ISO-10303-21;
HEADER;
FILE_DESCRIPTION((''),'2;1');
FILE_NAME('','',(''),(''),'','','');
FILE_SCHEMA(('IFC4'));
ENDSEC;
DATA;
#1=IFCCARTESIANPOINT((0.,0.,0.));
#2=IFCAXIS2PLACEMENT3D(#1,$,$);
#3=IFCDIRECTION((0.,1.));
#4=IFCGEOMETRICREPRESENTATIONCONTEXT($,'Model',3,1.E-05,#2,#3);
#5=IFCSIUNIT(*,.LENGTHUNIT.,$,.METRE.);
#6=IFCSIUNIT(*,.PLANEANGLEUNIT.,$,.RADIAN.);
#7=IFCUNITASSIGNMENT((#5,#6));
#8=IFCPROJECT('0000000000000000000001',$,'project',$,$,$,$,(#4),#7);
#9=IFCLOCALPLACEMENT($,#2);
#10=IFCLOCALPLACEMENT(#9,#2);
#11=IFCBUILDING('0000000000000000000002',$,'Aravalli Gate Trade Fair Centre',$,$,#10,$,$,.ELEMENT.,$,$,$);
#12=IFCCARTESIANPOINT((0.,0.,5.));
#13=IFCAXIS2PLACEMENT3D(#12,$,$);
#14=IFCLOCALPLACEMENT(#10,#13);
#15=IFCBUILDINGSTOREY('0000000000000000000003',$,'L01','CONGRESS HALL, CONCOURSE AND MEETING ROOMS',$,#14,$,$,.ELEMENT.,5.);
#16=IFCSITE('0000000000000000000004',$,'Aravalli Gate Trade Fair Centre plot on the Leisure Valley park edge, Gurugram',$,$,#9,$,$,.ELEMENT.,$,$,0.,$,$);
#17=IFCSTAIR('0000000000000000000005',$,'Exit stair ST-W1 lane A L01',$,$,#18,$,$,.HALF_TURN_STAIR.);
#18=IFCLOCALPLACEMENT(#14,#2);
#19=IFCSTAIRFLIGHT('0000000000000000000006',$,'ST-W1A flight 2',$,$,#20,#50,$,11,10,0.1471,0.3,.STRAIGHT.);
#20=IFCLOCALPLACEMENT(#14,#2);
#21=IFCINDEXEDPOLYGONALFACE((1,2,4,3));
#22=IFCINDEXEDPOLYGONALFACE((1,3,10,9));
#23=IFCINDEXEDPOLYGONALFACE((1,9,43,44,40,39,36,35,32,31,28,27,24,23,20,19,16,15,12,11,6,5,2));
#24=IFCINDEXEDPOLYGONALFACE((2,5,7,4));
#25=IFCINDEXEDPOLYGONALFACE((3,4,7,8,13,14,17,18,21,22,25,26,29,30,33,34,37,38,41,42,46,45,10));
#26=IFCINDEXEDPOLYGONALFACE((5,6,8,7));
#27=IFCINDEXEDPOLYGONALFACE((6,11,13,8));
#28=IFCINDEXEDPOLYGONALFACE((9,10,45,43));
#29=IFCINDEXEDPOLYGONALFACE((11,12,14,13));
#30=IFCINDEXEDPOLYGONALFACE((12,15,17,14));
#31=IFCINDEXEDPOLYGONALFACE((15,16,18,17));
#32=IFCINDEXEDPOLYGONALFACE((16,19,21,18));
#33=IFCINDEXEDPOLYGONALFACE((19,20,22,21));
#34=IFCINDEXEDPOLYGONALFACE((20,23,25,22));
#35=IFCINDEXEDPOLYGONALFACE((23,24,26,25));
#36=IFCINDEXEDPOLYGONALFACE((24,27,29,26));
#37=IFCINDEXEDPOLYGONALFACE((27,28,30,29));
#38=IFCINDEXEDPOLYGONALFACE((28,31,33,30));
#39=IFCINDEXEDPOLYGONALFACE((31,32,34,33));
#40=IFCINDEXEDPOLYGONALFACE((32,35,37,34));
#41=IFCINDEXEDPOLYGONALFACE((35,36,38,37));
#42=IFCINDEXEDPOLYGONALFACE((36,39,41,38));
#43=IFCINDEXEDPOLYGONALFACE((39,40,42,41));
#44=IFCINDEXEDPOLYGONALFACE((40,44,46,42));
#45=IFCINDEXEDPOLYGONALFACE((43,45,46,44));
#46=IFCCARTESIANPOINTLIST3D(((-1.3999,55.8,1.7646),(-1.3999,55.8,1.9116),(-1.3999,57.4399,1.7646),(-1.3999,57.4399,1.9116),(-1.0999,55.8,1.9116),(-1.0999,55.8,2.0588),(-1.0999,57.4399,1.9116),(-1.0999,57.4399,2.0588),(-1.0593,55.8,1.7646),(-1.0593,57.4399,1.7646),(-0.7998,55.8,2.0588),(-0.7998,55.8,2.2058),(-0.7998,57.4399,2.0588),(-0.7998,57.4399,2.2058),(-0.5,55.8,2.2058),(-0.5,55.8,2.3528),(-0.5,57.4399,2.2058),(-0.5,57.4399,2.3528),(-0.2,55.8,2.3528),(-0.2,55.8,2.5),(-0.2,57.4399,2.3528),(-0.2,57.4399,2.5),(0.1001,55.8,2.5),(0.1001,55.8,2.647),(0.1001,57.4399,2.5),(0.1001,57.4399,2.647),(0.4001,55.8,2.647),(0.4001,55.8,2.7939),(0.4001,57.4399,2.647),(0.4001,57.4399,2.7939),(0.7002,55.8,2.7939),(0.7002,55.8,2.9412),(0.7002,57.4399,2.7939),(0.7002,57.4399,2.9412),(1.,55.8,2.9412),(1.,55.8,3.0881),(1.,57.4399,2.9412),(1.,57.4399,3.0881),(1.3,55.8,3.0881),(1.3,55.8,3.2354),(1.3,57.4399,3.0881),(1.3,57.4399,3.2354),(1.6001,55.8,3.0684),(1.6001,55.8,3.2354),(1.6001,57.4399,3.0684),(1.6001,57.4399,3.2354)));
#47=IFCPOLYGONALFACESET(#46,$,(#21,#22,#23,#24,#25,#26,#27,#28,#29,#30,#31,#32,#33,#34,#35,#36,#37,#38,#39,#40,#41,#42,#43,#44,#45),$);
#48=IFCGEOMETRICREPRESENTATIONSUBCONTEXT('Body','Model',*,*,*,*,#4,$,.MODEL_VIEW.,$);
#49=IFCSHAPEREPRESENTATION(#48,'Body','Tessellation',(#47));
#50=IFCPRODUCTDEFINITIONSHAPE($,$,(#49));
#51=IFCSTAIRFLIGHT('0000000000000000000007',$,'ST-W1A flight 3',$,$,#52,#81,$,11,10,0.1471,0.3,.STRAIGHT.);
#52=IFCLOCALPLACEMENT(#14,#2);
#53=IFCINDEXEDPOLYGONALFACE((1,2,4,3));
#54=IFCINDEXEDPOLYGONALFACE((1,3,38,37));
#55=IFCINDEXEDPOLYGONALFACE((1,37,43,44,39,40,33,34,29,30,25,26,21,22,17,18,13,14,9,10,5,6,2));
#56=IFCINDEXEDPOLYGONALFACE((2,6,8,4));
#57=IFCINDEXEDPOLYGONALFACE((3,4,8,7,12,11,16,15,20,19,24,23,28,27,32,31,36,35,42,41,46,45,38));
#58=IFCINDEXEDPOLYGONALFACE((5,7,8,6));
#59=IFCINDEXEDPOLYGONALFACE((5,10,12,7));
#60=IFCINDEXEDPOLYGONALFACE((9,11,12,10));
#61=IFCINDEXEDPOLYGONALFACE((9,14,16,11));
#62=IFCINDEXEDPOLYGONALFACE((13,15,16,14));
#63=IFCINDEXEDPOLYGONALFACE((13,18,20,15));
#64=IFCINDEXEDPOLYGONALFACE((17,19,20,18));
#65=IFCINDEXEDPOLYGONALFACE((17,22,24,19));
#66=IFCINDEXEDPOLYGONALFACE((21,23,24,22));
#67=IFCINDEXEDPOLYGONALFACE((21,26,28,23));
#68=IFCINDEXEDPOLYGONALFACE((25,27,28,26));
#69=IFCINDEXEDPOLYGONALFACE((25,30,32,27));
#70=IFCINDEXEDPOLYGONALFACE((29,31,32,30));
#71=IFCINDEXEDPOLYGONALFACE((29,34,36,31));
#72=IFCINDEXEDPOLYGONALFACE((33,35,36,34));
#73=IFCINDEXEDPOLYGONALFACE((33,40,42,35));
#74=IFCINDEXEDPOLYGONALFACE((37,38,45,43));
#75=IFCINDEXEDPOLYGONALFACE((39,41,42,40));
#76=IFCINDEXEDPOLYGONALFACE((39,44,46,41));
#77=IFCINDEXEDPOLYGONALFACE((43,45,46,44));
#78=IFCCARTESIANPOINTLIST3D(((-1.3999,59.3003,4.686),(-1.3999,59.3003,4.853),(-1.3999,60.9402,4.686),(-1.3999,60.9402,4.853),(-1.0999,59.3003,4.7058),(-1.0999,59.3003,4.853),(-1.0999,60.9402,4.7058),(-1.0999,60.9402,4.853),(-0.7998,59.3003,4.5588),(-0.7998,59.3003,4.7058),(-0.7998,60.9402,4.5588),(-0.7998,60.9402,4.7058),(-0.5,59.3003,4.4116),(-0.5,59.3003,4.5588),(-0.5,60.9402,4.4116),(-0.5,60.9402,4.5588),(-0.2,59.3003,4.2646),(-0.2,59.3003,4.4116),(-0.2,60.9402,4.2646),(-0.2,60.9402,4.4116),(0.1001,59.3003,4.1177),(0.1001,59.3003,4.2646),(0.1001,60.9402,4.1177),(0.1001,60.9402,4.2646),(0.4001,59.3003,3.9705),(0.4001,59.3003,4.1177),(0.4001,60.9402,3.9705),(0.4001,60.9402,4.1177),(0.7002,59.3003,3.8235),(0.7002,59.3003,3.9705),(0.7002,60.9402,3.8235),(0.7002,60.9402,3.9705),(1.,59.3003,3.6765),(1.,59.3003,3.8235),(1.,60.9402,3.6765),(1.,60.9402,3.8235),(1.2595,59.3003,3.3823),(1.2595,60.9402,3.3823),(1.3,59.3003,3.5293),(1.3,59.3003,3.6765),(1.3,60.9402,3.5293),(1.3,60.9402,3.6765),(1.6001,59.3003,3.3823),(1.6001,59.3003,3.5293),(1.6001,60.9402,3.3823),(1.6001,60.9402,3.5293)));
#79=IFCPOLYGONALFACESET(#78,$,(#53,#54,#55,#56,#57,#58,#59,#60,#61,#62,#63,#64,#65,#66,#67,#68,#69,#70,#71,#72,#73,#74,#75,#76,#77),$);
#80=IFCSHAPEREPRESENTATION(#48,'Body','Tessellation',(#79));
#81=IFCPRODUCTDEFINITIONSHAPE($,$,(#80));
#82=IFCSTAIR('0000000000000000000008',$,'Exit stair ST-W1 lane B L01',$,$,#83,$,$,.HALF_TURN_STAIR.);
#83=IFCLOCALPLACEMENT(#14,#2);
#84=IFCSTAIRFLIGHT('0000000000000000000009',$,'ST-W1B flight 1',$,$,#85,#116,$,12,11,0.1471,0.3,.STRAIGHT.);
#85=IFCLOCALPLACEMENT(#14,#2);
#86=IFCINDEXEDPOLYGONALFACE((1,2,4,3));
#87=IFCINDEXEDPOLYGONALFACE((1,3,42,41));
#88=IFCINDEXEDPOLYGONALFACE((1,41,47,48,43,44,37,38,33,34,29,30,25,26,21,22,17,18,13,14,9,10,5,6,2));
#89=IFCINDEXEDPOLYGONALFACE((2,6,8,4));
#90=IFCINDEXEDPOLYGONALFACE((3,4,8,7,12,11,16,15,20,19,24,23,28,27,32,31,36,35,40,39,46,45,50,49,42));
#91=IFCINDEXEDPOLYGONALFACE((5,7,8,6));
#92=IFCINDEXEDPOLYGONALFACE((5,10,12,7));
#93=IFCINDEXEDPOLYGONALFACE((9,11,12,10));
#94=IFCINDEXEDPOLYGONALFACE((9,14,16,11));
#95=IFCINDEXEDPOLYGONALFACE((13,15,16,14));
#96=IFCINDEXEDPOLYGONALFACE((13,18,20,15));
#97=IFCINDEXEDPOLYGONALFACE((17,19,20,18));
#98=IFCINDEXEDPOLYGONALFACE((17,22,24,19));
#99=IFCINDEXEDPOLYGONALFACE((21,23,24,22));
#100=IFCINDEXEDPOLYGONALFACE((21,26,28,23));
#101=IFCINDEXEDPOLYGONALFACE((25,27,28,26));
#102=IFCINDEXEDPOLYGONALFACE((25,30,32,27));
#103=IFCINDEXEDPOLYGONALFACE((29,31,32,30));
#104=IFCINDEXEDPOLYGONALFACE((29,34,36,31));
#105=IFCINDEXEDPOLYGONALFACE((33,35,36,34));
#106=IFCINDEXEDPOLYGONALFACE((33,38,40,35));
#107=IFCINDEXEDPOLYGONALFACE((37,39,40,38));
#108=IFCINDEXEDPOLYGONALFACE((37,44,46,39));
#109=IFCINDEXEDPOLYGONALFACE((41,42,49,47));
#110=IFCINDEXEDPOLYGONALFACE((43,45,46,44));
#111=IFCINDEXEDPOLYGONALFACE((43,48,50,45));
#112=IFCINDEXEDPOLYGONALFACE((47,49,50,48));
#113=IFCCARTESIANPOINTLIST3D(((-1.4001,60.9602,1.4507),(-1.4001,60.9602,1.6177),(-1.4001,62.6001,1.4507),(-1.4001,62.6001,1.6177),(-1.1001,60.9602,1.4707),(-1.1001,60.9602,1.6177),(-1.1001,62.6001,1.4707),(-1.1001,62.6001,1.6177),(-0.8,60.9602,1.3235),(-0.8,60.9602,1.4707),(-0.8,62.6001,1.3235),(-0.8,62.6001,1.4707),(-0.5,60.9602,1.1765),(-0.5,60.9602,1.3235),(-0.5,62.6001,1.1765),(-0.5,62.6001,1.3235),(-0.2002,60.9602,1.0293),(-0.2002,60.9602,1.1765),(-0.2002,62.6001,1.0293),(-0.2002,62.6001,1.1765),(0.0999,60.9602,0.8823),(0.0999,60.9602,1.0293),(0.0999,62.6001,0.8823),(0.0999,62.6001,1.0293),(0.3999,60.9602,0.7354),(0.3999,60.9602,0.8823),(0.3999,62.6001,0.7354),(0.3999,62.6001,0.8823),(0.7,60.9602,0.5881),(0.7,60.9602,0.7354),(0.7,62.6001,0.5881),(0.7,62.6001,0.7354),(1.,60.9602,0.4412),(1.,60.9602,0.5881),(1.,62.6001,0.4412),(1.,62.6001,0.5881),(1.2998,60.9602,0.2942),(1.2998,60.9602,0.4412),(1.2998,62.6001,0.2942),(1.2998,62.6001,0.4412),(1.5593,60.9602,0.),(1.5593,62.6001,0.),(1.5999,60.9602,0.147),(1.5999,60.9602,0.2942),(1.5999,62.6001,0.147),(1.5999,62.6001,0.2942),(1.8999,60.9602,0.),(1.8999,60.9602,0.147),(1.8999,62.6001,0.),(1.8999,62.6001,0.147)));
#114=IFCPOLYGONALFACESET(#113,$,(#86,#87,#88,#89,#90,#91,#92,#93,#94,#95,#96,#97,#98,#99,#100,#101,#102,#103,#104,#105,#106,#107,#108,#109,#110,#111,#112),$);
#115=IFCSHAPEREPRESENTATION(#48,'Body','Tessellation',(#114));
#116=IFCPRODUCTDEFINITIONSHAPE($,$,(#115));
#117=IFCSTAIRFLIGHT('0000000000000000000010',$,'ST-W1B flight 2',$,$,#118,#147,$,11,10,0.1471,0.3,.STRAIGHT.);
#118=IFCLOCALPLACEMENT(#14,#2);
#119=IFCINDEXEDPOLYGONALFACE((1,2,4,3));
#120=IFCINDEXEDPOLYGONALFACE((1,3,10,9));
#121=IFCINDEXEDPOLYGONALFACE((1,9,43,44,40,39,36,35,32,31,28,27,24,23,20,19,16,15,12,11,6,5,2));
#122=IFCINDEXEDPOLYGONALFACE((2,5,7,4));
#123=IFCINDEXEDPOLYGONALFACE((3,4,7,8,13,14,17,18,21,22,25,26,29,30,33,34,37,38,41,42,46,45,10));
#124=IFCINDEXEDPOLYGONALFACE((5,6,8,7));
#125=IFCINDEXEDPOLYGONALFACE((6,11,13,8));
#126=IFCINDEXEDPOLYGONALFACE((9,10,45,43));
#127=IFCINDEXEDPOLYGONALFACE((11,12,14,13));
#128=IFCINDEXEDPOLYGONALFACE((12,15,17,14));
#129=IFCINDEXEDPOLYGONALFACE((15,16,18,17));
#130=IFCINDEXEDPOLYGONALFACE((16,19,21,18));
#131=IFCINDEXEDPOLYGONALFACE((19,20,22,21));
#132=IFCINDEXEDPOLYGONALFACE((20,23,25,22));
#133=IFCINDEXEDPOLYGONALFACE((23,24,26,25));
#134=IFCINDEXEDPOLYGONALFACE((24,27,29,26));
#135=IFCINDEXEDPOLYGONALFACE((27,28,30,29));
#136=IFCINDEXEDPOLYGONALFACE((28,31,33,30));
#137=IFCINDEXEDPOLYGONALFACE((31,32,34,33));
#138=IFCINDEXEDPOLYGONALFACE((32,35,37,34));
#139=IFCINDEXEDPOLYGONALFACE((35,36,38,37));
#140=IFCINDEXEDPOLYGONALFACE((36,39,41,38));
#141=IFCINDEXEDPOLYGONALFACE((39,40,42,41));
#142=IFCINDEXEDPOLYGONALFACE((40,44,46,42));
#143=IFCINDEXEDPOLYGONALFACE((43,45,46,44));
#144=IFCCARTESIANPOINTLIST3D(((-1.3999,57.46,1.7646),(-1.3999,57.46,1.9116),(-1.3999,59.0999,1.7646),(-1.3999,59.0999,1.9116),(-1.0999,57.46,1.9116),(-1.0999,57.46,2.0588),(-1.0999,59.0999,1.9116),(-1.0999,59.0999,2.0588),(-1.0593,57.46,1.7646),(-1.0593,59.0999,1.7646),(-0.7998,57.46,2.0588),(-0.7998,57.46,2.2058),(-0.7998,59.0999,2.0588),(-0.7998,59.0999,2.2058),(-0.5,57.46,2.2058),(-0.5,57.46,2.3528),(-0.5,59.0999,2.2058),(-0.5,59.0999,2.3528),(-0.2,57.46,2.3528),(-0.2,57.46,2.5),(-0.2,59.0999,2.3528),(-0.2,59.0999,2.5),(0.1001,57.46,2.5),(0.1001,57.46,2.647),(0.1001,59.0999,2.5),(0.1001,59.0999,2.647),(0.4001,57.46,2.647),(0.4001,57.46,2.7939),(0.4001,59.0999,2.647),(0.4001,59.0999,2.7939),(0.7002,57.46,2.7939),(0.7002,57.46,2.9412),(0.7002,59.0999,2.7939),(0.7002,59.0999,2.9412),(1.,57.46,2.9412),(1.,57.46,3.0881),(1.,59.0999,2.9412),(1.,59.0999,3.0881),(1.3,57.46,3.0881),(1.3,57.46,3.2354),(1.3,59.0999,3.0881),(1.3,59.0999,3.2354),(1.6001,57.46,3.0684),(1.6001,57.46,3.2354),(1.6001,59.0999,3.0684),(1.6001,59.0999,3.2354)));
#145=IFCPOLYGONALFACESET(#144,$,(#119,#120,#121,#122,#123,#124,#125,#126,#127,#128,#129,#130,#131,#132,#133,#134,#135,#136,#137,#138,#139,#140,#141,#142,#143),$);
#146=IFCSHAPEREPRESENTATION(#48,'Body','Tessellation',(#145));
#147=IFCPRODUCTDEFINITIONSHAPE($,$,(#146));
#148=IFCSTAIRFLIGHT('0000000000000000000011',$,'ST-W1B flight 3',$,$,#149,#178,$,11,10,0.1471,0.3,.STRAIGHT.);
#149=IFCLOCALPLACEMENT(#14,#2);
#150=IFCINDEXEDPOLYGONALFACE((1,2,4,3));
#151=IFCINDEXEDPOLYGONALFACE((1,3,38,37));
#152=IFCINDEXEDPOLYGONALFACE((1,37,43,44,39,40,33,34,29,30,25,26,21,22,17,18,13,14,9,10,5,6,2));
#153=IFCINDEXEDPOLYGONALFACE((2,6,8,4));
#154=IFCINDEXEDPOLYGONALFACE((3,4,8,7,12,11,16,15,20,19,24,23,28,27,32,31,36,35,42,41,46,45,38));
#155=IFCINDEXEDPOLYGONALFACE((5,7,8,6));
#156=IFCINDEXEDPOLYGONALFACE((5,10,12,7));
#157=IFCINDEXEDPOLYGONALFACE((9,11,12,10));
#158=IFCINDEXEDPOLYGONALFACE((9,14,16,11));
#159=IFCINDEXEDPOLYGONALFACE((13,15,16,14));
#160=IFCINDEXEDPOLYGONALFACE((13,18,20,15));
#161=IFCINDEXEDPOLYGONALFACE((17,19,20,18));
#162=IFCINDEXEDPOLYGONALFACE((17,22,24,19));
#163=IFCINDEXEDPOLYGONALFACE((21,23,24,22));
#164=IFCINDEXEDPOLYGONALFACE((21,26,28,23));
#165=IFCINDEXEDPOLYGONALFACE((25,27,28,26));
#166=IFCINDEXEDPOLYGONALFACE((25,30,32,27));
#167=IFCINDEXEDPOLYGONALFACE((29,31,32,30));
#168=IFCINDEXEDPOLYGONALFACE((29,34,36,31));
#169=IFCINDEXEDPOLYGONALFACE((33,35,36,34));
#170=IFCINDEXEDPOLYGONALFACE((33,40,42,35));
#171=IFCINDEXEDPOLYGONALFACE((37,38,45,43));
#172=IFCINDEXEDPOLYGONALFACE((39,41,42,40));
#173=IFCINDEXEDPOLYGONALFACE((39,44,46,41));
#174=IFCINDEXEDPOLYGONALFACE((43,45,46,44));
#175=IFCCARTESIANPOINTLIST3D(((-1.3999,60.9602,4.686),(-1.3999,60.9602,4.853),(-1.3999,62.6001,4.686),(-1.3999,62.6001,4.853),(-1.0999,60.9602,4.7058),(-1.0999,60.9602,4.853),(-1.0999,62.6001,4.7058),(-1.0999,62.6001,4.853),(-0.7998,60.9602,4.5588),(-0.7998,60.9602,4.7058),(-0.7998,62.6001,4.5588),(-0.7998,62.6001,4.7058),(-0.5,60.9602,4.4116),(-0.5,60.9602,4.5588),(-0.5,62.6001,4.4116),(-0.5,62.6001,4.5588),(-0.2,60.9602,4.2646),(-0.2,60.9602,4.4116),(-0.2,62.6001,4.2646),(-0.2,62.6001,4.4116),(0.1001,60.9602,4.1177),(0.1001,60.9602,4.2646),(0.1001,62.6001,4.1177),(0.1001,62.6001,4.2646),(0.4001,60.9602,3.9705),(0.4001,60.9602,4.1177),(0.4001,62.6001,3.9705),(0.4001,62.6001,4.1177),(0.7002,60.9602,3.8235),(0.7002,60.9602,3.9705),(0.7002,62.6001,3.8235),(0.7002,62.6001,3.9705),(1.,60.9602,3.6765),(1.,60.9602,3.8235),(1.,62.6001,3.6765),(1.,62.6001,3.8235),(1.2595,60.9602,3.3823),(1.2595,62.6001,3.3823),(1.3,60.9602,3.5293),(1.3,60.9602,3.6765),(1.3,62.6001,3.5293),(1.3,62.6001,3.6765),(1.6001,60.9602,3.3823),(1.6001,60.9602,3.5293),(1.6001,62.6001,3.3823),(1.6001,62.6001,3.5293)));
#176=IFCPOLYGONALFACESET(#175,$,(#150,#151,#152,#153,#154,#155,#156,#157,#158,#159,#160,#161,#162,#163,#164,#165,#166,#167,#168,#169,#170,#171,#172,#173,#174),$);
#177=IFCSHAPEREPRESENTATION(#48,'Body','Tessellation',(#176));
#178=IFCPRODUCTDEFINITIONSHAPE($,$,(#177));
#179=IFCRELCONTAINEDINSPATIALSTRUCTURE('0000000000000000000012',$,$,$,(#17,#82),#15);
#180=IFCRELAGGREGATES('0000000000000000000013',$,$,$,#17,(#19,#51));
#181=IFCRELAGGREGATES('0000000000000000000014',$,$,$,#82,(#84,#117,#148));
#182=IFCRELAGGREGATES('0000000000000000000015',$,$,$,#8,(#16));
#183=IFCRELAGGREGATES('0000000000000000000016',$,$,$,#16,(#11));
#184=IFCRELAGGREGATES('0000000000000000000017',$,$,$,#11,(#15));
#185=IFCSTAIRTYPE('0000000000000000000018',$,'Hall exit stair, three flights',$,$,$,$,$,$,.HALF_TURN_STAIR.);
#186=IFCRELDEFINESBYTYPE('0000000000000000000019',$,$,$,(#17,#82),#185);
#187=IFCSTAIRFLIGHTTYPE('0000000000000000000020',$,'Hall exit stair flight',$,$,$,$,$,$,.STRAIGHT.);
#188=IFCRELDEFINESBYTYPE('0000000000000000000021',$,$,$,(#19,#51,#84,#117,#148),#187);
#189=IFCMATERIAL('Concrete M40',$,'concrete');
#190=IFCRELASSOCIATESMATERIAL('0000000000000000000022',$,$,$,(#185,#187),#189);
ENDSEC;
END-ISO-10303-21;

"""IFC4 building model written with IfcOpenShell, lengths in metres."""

from ifc_helpers import new_model, si_unit, direction, frame, origin, place, context, subcontext, project, spatial, polyline, outline, extrude, material, type_object, element, aggregate, save


model = new_model("IFC4")

# Units and contexts
model_context = context("Model", 3, precision=1e-05, world=origin(), true_north=direction((0.0, 1.0)))
body_context = subcontext(model_context, "Body", "Model", "MODEL_VIEW")
ifc_project = project(units=[si_unit("LENGTHUNIT", "METRE"), si_unit("PLANEANGLEUNIT", "RADIAN")], contexts=[model_context])

# Site, building, storey
site_placement = place(None, origin())
site = spatial("IfcSite", under=ifc_project, at=site_placement, Name="Aravalli Gate Trade Fair Centre plot on the Leisure Valley park edge, Gurugram", CompositionType="ELEMENT", RefElevation=0.0)
building_placement = place(site_placement, origin())
building = spatial("IfcBuilding", under=site, at=building_placement, Name="Aravalli Gate Trade Fair Centre", CompositionType="ELEMENT")
storey_placement = place(building_placement, frame((0.0, 0.0, 5.0)))
storey = spatial("IfcBuildingStorey", under=building, at=storey_placement, Name="L01", Description="CONGRESS HALL, CONCOURSE AND MEETING ROOMS", CompositionType="ELEMENT", Elevation=5.0)

# Shared definitions
ifc_material_1 = material(Name="Concrete M40", Category="concrete")

# Stairs, stair flights
stair_type = type_object("IfcStairType", Name="Hall exit stair, three flights", PredefinedType="HALF_TURN_STAIR", material=ifc_material_1)
stair_1_placement = place(storey_placement, origin())
stair_1 = element("IfcStair", 1, at=stair_1_placement, inside=storey, type_object=stair_type, Name="Exit stair ST-W1 lane A L01", PredefinedType="HALF_TURN_STAIR")
stair_flight_type = type_object("IfcStairFlightType", Name="Hall exit stair flight", PredefinedType="STRAIGHT", material=ifc_material_1)
stair_flight_1_placement = place(storey_placement, frame((-1.3999, 56.6201, 1.7646), z_axis=(0.0, 0.0, 1.0), x_axis=(1.0, 0.0, 0.0)))
stair_flight_1 = element("IfcStairFlight", 2, at=stair_flight_1_placement, type_object=stair_flight_type, Name="ST-W1A flight 2", NumberOfRisers=11, NumberOfTreads=10, PredefinedType="STRAIGHT", RiserHeight=0.1471, TreadLength=0.3, context=body_context, shape_type="SweptSolid", body=[
    extrude(outline(polyline([(0.0, 0.0), (0.0, 0.147), (0.3, 0.147), (0.3, 0.2942), (0.6001, 0.2942), (0.6001, 0.4412), (0.8999, 0.4412), (0.8999, 0.5881), (1.2, 0.5881), (1.2, 0.7354), (1.5, 0.7354), (1.5, 0.8823), (1.8, 0.8823), (1.8, 1.0293), (2.1001, 1.0293), (2.1001, 1.1765), (2.3999, 1.1765), (2.3999, 1.3235), (2.7, 1.3235), (2.7, 1.4707), (3.0, 1.4707), (3.0, 1.6177), (3.0, 1.3037), (0.3406, 0.0), (0.0, 0.0)])), frame((0.0, 0.8198, 0.0), z_axis=(0.0, -1.0, 0.0), x_axis=(1.0, 0.0, 0.0)), (0.0, 0.0, 1.0), 1.6399),
])
stair_flight_2_placement = place(storey_placement, frame((1.6001, 60.1201, 3.3823), z_axis=(0.0, 0.0, 1.0), x_axis=(-1.0, 0.0, 0.0)))
stair_flight_2 = element("IfcStairFlight", 3, at=stair_flight_2_placement, type_object=stair_flight_type, Name="ST-W1A flight 3", NumberOfRisers=11, NumberOfTreads=10, PredefinedType="STRAIGHT", RiserHeight=0.1471, TreadLength=0.3, context=body_context, shape_type="SweptSolid", body=[
    extrude(outline(polyline([(0.0, 0.0), (0.0, 0.147), (0.3, 0.147), (0.3, 0.2942), (0.6001, 0.2942), (0.6001, 0.4412), (0.8999, 0.4412), (0.8999, 0.5881), (1.2, 0.5881), (1.2, 0.7354), (1.5, 0.7354), (1.5, 0.8823), (1.8, 0.8823), (1.8, 1.0293), (2.1001, 1.0293), (2.1001, 1.1765), (2.3999, 1.1765), (2.3999, 1.3235), (2.7, 1.3235), (2.7, 1.4707), (3.0, 1.4707), (3.0, 1.6177), (3.0, 1.3037), (0.3406, 0.0), (0.0, 0.0)])), frame((0.0, 0.8198, 0.0), z_axis=(0.0, -1.0, 0.0), x_axis=(1.0, 0.0, 0.0)), (0.0, 0.0, 1.0), 1.6399),
])
aggregate(stair_1, [stair_flight_1, stair_flight_2])
stair_2_placement = place(storey_placement, origin())
stair_2 = element("IfcStair", 4, at=stair_2_placement, inside=storey, type_object=stair_type, Name="Exit stair ST-W1 lane B L01", PredefinedType="HALF_TURN_STAIR")
stair_flight_3_placement = place(storey_placement, frame((1.8999, 61.78, 0.0), z_axis=(0.0, 0.0, 1.0), x_axis=(-1.0, 0.0, 0.0)))
stair_flight_3 = element("IfcStairFlight", 5, at=stair_flight_3_placement, type_object=stair_flight_type, Name="ST-W1B flight 1", NumberOfRisers=12, NumberOfTreads=11, PredefinedType="STRAIGHT", RiserHeight=0.1471, TreadLength=0.3, context=body_context, shape_type="SweptSolid", body=[
    extrude(outline(polyline([(0.0, 0.0), (0.0, 0.147), (0.3, 0.147), (0.3, 0.2942), (0.6001, 0.2942), (0.6001, 0.4412), (0.8999, 0.4412), (0.8999, 0.5881), (1.2, 0.5881), (1.2, 0.7354), (1.5, 0.7354), (1.5, 0.8823), (1.8, 0.8823), (1.8, 1.0293), (2.1001, 1.0293), (2.1001, 1.1765), (2.3999, 1.1765), (2.3999, 1.3235), (2.7, 1.3235), (2.7, 1.4707), (3.0, 1.4707), (3.0, 1.6177), (3.3, 1.6177), (3.3, 1.7646), (3.3, 1.4507), (0.3406, 0.0), (0.0, 0.0)])), frame((0.0, 0.8198, 0.0), z_axis=(0.0, -1.0, 0.0), x_axis=(1.0, 0.0, 0.0)), (0.0, 0.0, 1.0), 1.6399),
])
stair_flight_4_placement = place(storey_placement, frame((-1.3999, 58.28, 1.7646), z_axis=(0.0, 0.0, 1.0), x_axis=(1.0, 0.0, 0.0)))
stair_flight_4 = element("IfcStairFlight", 6, at=stair_flight_4_placement, type_object=stair_flight_type, Name="ST-W1B flight 2", NumberOfRisers=11, NumberOfTreads=10, PredefinedType="STRAIGHT", RiserHeight=0.1471, TreadLength=0.3, context=body_context, shape_type="SweptSolid", body=[
    extrude(outline(polyline([(0.0, 0.0), (0.0, 0.147), (0.3, 0.147), (0.3, 0.2942), (0.6001, 0.2942), (0.6001, 0.4412), (0.8999, 0.4412), (0.8999, 0.5881), (1.2, 0.5881), (1.2, 0.7354), (1.5, 0.7354), (1.5, 0.8823), (1.8, 0.8823), (1.8, 1.0293), (2.1001, 1.0293), (2.1001, 1.1765), (2.3999, 1.1765), (2.3999, 1.3235), (2.7, 1.3235), (2.7, 1.4707), (3.0, 1.4707), (3.0, 1.6177), (3.0, 1.3037), (0.3406, 0.0), (0.0, 0.0)])), frame((0.0, 0.8198, 0.0), z_axis=(0.0, -1.0, 0.0), x_axis=(1.0, 0.0, 0.0)), (0.0, 0.0, 1.0), 1.6399),
])
stair_flight_5_placement = place(storey_placement, frame((1.6001, 61.78, 3.3823), z_axis=(0.0, 0.0, 1.0), x_axis=(-1.0, 0.0, 0.0)))
stair_flight_5 = element("IfcStairFlight", 7, at=stair_flight_5_placement, type_object=stair_flight_type, Name="ST-W1B flight 3", NumberOfRisers=11, NumberOfTreads=10, PredefinedType="STRAIGHT", RiserHeight=0.1471, TreadLength=0.3, context=body_context, shape_type="SweptSolid", body=[
    extrude(outline(polyline([(0.0, 0.0), (0.0, 0.147), (0.3, 0.147), (0.3, 0.2942), (0.6001, 0.2942), (0.6001, 0.4412), (0.8999, 0.4412), (0.8999, 0.5881), (1.2, 0.5881), (1.2, 0.7354), (1.5, 0.7354), (1.5, 0.8823), (1.8, 0.8823), (1.8, 1.0293), (2.1001, 1.0293), (2.1001, 1.1765), (2.3999, 1.1765), (2.3999, 1.3235), (2.7, 1.3235), (2.7, 1.4707), (3.0, 1.4707), (3.0, 1.6177), (3.0, 1.3037), (0.3406, 0.0), (0.0, 0.0)])), frame((0.0, 0.8198, 0.0), z_axis=(0.0, -1.0, 0.0), x_axis=(1.0, 0.0, 0.0)), (0.0, 0.0, 1.0), 1.6399),
])
aggregate(stair_2, [stair_flight_3, stair_flight_4, stair_flight_5])

save(model, "model.ifc")
